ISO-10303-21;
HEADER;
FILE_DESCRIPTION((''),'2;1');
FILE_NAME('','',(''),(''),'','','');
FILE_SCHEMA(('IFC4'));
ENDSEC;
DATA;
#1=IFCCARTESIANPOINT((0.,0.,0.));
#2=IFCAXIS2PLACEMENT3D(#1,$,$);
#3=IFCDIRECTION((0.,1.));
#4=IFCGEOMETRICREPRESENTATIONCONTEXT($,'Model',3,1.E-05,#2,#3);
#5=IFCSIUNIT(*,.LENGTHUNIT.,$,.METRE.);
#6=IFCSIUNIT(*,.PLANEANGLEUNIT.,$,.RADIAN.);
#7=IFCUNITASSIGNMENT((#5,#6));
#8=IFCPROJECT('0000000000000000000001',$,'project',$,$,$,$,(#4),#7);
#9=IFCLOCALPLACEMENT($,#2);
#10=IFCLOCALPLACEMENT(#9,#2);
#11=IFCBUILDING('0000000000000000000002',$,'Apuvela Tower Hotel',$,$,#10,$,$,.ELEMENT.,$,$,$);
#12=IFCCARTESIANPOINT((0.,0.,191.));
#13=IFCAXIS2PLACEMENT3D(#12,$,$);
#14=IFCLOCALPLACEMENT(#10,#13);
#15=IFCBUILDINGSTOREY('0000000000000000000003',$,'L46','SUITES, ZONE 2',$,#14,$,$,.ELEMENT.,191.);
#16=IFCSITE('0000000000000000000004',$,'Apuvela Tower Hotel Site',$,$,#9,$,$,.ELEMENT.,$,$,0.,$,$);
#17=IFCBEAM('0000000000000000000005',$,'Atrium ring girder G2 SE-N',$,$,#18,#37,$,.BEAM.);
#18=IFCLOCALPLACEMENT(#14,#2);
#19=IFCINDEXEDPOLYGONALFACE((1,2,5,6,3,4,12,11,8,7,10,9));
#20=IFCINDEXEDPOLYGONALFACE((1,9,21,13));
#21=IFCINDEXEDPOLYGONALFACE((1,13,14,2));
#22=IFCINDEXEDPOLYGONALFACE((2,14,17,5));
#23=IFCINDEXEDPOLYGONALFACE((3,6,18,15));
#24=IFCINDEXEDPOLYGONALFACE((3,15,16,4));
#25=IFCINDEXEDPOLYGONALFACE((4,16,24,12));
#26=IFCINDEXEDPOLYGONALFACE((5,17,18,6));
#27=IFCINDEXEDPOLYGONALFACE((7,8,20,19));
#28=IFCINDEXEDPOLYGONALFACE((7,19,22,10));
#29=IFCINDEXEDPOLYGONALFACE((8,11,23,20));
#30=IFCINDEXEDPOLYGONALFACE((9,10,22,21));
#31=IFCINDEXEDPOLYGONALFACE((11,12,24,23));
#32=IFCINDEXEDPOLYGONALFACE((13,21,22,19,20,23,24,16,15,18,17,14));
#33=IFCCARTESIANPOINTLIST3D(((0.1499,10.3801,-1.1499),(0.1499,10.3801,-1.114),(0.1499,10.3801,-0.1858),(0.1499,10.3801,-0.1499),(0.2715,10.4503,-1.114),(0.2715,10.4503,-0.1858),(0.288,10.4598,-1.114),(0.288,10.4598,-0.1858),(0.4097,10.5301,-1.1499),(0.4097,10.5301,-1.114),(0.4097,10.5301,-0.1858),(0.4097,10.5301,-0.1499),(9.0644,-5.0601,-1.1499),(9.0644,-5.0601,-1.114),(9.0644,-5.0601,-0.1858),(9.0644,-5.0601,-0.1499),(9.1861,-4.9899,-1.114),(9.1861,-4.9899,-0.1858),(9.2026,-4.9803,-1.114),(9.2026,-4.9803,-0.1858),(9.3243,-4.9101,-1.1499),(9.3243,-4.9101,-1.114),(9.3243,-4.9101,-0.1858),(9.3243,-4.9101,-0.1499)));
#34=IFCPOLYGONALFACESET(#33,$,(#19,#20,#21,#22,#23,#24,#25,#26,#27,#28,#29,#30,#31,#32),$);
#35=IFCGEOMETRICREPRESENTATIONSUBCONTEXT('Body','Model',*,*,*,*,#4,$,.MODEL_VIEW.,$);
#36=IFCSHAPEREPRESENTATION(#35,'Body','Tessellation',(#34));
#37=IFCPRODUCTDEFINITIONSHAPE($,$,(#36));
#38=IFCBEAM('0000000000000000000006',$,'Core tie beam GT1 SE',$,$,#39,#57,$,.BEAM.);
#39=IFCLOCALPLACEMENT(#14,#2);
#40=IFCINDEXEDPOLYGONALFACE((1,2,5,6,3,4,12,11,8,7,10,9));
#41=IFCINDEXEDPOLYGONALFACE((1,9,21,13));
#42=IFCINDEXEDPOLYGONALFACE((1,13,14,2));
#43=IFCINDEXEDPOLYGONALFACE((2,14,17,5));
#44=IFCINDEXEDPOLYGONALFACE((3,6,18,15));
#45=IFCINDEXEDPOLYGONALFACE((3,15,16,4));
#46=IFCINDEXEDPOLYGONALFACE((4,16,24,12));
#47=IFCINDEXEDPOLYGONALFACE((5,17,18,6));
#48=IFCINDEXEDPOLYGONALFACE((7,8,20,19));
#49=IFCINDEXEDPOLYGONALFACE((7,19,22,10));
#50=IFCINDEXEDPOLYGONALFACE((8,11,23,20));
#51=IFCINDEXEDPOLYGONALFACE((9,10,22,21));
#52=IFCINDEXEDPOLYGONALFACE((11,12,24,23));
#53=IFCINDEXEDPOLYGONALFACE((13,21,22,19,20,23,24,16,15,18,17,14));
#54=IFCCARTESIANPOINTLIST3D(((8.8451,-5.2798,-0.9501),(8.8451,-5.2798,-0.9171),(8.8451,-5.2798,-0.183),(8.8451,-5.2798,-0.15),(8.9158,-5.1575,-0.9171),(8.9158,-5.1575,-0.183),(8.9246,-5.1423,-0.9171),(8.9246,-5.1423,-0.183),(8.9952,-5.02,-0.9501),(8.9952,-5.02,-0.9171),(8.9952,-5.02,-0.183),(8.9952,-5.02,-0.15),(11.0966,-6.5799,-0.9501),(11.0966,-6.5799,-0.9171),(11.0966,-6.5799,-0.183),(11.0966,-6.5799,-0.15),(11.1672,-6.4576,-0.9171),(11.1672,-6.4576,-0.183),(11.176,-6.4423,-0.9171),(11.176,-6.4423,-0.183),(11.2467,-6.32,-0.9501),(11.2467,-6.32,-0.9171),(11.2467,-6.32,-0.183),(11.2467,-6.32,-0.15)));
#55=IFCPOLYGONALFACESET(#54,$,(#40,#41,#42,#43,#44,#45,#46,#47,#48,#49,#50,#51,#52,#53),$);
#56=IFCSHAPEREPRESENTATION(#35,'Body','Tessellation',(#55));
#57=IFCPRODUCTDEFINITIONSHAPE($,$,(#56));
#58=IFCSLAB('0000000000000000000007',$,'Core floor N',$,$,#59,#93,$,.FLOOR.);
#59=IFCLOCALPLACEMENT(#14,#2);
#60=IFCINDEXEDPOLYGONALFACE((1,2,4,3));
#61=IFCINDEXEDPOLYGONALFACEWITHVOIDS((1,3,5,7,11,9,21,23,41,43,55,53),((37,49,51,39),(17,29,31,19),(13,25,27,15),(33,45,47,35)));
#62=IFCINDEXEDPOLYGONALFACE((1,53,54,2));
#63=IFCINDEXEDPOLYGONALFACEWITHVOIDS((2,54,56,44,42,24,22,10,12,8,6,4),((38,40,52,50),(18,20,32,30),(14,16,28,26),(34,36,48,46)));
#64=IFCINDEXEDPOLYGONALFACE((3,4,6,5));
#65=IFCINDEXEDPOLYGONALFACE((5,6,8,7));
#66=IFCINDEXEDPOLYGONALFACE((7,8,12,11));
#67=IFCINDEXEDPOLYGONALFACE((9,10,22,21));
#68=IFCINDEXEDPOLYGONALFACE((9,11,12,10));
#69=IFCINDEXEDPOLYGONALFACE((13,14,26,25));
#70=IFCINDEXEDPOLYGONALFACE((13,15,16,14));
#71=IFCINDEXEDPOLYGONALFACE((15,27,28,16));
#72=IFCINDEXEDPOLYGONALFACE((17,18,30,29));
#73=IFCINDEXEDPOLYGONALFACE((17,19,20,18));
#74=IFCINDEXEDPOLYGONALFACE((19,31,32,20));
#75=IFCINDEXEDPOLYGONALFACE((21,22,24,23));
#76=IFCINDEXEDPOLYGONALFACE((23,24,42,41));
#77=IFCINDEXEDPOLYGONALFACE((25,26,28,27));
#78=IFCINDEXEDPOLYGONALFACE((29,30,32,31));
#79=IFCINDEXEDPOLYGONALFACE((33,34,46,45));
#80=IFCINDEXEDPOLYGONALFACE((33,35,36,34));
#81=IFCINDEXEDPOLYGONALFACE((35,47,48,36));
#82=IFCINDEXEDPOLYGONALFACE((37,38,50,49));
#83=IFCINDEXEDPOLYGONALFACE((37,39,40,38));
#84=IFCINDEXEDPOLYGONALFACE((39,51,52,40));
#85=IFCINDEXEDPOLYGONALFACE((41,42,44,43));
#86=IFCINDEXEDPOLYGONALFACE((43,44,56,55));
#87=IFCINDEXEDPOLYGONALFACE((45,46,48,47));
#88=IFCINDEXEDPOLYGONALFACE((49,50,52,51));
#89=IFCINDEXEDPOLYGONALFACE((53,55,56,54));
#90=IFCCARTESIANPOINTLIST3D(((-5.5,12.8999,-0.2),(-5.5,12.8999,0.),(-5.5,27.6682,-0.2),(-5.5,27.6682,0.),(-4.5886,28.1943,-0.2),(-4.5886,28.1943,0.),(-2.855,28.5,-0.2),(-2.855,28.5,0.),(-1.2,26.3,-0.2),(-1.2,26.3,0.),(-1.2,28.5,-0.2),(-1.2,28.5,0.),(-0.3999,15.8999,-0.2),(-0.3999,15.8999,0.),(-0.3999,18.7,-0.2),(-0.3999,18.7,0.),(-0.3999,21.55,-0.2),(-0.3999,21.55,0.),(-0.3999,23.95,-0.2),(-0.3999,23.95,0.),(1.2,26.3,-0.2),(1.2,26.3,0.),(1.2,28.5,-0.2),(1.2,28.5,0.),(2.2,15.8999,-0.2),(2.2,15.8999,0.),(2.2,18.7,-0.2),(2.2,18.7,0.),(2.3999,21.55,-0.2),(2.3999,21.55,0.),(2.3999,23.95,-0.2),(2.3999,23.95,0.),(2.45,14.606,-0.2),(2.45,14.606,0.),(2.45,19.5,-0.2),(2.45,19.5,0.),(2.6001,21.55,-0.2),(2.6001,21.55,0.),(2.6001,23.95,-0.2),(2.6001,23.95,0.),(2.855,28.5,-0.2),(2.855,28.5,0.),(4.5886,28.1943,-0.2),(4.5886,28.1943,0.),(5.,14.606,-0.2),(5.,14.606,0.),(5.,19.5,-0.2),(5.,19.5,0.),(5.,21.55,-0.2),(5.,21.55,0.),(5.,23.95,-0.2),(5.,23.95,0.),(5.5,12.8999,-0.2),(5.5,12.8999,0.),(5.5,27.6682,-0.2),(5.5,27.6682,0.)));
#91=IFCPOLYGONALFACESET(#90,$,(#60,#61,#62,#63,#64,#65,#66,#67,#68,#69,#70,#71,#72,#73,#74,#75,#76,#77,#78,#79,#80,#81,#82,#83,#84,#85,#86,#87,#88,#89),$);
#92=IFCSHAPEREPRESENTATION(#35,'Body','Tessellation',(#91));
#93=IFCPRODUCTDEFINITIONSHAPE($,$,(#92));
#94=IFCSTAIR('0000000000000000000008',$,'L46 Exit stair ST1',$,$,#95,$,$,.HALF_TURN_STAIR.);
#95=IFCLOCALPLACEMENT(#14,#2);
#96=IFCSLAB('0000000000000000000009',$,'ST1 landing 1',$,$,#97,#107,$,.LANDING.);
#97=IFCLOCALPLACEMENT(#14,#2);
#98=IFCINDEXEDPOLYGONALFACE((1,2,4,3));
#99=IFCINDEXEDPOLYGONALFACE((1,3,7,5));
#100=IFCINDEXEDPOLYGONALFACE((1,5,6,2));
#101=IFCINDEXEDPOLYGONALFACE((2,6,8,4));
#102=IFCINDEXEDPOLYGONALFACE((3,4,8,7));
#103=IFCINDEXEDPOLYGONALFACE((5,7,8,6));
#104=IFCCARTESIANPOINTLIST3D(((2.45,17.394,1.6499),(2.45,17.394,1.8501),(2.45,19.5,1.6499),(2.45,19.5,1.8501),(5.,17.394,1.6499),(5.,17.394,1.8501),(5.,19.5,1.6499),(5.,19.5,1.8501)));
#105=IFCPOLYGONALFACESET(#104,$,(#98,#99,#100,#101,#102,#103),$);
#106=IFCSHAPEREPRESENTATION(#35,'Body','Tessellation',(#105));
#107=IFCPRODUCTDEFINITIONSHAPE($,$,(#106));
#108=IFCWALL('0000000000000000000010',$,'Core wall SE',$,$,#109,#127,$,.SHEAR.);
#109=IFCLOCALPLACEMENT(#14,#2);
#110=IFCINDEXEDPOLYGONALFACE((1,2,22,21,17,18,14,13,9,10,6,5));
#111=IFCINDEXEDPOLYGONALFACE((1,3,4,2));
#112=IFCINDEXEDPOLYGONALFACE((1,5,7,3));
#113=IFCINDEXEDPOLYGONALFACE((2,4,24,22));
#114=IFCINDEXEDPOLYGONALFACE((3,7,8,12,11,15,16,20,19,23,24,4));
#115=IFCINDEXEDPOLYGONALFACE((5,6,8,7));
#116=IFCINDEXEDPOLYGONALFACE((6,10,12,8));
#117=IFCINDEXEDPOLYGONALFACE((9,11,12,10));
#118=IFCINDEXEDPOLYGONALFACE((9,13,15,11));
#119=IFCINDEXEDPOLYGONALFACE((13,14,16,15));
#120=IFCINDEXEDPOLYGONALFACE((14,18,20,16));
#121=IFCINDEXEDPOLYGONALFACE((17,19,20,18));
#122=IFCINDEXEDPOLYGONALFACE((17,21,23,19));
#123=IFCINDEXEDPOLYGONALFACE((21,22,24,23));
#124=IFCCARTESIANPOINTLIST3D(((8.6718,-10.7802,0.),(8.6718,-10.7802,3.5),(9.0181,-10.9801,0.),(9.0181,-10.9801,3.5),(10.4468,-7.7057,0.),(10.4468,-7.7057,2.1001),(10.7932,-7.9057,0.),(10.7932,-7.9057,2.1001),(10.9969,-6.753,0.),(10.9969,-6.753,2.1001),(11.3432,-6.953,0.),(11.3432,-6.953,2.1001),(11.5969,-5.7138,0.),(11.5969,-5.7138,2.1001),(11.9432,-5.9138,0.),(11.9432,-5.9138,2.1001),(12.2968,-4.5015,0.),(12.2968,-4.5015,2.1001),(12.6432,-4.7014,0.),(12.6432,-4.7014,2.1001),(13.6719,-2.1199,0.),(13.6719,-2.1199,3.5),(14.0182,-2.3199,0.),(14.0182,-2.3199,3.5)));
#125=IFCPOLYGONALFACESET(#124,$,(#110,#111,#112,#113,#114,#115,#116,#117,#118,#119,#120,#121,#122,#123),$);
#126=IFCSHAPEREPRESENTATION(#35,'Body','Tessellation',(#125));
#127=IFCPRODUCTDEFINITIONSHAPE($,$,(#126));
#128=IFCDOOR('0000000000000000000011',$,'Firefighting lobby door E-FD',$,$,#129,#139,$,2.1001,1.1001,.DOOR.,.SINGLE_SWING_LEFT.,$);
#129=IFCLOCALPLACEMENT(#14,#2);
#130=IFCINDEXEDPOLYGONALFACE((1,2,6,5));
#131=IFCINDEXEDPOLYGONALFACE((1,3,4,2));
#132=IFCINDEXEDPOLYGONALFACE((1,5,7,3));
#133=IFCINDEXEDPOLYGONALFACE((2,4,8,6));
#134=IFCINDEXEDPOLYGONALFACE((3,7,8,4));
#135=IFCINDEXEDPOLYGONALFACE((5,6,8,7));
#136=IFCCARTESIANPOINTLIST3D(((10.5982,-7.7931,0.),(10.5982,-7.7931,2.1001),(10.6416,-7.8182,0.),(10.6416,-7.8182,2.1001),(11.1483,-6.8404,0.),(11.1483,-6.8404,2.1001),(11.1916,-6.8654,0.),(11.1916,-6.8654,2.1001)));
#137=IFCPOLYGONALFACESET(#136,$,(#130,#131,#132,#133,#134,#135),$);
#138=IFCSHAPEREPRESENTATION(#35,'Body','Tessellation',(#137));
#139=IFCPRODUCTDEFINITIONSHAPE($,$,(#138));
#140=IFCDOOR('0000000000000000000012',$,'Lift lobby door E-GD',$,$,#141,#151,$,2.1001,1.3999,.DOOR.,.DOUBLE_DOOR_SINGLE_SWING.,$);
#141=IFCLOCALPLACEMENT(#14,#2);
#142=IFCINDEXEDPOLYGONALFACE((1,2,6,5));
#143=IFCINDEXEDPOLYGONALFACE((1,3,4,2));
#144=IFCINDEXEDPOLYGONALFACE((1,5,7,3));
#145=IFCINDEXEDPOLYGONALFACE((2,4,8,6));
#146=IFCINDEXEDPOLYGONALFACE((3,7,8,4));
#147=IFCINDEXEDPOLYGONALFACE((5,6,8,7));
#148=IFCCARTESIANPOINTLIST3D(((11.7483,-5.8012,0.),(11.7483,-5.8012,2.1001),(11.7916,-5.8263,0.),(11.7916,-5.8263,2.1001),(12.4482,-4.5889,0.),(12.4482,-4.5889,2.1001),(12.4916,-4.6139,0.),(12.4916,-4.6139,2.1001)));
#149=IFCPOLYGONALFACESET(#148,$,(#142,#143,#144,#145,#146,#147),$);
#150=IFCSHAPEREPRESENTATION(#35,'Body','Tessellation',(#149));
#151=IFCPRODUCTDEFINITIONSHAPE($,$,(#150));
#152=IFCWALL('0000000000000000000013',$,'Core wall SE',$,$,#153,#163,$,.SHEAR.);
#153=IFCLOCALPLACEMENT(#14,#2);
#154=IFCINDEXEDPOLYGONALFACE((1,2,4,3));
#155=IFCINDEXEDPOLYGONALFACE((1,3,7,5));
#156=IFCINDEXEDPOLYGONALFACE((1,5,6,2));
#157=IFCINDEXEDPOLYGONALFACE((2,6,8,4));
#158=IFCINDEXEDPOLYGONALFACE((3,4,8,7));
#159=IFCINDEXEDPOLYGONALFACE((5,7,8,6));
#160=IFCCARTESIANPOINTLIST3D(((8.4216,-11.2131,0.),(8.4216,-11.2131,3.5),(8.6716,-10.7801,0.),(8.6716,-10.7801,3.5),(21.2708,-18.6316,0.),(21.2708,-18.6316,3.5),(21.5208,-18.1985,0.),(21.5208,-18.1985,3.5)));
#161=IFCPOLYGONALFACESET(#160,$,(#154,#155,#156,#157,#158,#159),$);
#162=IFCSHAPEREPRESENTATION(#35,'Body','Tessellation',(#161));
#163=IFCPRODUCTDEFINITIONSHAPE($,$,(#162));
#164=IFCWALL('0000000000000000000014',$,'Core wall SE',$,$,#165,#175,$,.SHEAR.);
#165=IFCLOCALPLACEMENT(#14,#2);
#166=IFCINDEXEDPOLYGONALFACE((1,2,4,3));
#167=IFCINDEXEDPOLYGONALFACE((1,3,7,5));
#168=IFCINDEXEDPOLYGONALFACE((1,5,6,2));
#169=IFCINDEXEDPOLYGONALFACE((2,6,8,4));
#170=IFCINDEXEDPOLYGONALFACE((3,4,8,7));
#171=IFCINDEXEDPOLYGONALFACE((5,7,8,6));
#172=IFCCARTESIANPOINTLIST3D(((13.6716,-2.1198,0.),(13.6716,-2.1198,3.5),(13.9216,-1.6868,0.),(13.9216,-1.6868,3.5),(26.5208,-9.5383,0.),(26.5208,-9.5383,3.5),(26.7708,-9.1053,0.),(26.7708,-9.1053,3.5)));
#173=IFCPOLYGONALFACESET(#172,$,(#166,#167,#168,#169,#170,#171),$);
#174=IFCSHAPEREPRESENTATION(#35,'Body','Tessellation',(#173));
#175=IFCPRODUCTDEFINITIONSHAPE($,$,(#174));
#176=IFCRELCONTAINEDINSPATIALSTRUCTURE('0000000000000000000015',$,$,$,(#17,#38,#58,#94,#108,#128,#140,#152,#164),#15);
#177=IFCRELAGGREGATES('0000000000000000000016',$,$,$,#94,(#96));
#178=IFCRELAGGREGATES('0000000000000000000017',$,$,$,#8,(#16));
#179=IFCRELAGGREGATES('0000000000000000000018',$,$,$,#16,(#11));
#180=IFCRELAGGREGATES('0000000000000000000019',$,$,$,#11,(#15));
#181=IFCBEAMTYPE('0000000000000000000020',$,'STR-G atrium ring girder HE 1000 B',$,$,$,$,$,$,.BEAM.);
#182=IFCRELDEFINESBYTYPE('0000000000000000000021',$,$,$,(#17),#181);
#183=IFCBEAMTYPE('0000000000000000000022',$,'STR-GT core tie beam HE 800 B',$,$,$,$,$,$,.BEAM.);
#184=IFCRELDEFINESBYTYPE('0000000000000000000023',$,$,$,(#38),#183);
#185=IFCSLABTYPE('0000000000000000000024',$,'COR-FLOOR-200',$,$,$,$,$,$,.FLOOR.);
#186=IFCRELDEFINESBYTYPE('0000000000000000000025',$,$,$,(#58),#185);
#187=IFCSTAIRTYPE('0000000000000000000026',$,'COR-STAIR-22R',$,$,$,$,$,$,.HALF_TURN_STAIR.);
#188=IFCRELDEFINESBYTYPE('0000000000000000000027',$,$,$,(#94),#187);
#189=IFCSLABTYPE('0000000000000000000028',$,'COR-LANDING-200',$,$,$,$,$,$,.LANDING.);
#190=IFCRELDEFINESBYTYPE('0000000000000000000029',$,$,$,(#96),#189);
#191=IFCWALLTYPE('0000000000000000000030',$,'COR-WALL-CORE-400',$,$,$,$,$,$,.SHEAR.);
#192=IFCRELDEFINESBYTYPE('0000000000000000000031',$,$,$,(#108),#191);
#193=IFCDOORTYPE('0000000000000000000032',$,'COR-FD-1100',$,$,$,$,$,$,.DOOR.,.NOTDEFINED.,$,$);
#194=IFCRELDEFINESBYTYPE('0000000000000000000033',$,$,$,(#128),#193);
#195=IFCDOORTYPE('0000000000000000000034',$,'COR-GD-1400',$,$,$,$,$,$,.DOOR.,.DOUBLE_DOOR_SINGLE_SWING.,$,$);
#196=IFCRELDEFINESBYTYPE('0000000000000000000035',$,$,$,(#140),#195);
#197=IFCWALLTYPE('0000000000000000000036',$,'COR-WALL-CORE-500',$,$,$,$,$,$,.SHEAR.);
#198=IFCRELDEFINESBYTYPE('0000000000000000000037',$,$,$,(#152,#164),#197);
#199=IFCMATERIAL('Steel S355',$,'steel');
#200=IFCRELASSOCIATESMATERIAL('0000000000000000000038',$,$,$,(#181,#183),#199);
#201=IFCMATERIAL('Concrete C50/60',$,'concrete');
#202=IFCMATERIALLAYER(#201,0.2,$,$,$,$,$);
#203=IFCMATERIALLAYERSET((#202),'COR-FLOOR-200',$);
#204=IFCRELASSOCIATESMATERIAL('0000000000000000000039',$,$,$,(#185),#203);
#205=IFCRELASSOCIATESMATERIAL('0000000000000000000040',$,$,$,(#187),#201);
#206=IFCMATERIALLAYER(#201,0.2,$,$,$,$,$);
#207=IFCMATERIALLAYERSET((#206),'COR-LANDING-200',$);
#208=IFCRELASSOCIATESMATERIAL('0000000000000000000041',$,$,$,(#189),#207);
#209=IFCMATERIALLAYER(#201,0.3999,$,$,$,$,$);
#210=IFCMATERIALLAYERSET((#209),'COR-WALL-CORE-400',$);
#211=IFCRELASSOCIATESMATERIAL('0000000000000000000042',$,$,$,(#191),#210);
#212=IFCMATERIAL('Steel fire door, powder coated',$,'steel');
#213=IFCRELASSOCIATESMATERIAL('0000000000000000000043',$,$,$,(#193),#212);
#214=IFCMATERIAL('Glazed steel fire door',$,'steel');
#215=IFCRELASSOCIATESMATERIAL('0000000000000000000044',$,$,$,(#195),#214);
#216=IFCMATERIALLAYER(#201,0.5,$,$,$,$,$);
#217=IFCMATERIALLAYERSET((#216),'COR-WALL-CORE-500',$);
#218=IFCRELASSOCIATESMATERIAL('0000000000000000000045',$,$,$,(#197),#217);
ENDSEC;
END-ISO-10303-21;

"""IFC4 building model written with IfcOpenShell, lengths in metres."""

from ifc_helpers import new_model, si_unit, direction, frame, frame_2d, origin, origin_2d, place, context, subcontext, project, spatial, polyline, rectangle, i_section, outline, extrude, material, layer, layer_set, material_profile, profile_set, type_object, element, fill, aggregate, save


model = new_model("IFC4")

# Units and contexts
model_context = context("Model", 3, precision=1e-05, world=origin(), true_north=direction((0.0, 1.0)))
body_context = subcontext(model_context, "Body", "Model", "MODEL_VIEW")
ifc_project = project(units=[si_unit("LENGTHUNIT", "METRE"), si_unit("PLANEANGLEUNIT", "RADIAN")], contexts=[model_context])

# Site, building, storey
site_placement = place(None, origin())
site = spatial("IfcSite", under=ifc_project, at=site_placement, Name="Apuvela Tower Hotel Site", CompositionType="ELEMENT", RefElevation=0.0)
building_placement = place(site_placement, origin())
building = spatial("IfcBuilding", under=site, at=building_placement, Name="Apuvela Tower Hotel", CompositionType="ELEMENT")
storey_placement = place(building_placement, frame((0.0, 0.0, 191.0)))
storey = spatial("IfcBuildingStorey", under=building, at=storey_placement, Name="L46", Description="SUITES, ZONE 2", CompositionType="ELEMENT", Elevation=191.0)

# Beams
ifc_material_1 = material(Name="Steel S355", Category="steel")
ifc_material_profile_1 = material_profile(ifc_material_1, i_section(OverallWidth=0.3, OverallDepth=1.0, WebThickness=0.019, FlangeThickness=0.0359, at=origin_2d()), Name="HE 1000 B")
ifc_profile_set_1 = profile_set([ifc_material_profile_1], Name="Steel S355")
beam_type_1 = type_object("IfcBeamType", Name="STR-G atrium ring girder HE 1000 B", PredefinedType="BEAM", material=ifc_profile_set_1)
beam_1_placement = place(storey_placement, frame((9.1943, -4.9851, -0.6499), z_axis=(-0.500007, 0.866022, 0.0), x_axis=(-0.866022, -0.500007, 0.0)))
element("IfcBeam", 1, at=beam_1_placement, inside=storey, type_object=beam_type_1, Name="Atrium ring girder G2 SE-N", PredefinedType="BEAM", context=body_context, shape_type="SweptSolid", body=[
    extrude(i_section(OverallWidth=0.3, OverallDepth=1.0, WebThickness=0.019, FlangeThickness=0.0359, at=origin_2d()), origin(), (0.0, 0.0, 1.0), 17.8289),
])
ifc_material_profile_2 = material_profile(ifc_material_1, i_section(OverallWidth=0.3, OverallDepth=0.8, WebThickness=0.0176, FlangeThickness=0.033, at=origin_2d()), Name="HE 800 B")
ifc_profile_set_2 = profile_set([ifc_material_profile_2], Name="Steel S355")
beam_type_2 = type_object("IfcBeamType", Name="STR-GT core tie beam HE 800 B", PredefinedType="BEAM", material=ifc_profile_set_2)
beam_2_placement = place(storey_placement, frame((11.1716, -6.45, -0.55), z_axis=(-0.865998, 0.500048, 0.0), x_axis=(-0.500048, -0.865998, 0.0)))
element("IfcBeam", 2, at=beam_2_placement, inside=storey, type_object=beam_type_2, Name="Core tie beam GT1 SE", PredefinedType="BEAM", context=body_context, shape_type="SweptSolid", body=[
    extrude(i_section(OverallWidth=0.3, OverallDepth=0.8, WebThickness=0.0176, FlangeThickness=0.033, at=origin_2d()), origin(), (0.0, 0.0, 1.0), 2.5999),
])

# Slab
ifc_material_2 = material(Name="Concrete C50/60", Category="concrete")
ifc_layer_1 = layer(ifc_material_2, 0.2)
ifc_layer_set_1 = layer_set([ifc_layer_1], Name="COR-FLOOR-200")
slab_type_1 = type_object("IfcSlabType", Name="COR-FLOOR-200", PredefinedType="FLOOR", material=ifc_layer_set_1)
slab_1_placement = place(storey_placement, frame((0.0, 0.0, -0.2)))
element("IfcSlab", 3, at=slab_1_placement, inside=storey, type_object=slab_type_1, Name="Core floor N", PredefinedType="FLOOR", context=body_context, shape_type="SweptSolid", body=[
    extrude(outline(polyline([(5.5, 27.6682), (4.5886, 28.1943), (2.855, 28.5), (1.2, 28.5), (1.2, 26.3), (-1.2, 26.3), (-1.2, 28.5), (-2.855, 28.5), (-4.5886, 28.1943), (-5.5, 27.6682), (-5.5, 12.8999), (5.5, 12.8999), (5.5, 27.6682)]), holes=[polyline([(5.0, 14.606), (2.45, 14.606), (2.45, 19.5), (5.0, 19.5), (5.0, 14.606)]), polyline([(2.2, 15.8999), (-0.3999, 15.8999), (-0.3999, 18.7), (2.2, 18.7), (2.2, 15.8999)]), polyline([(5.0, 21.55), (2.6001, 21.55), (2.6001, 23.95), (5.0, 23.95), (5.0, 21.55)]), polyline([(2.3999, 21.55), (-0.3999, 21.55), (-0.3999, 23.95), (2.3999, 23.95), (2.3999, 21.55)])]), origin(), (0.0, 0.0, 1.0), 0.2),
])

# Stair, slab
stair_type = type_object("IfcStairType", Name="COR-STAIR-22R", PredefinedType="HALF_TURN_STAIR", material=ifc_material_2)
stair_1_placement = place(storey_placement, origin())
stair_1 = element("IfcStair", 4, at=stair_1_placement, inside=storey, type_object=stair_type, Name="L46 Exit stair ST1", PredefinedType="HALF_TURN_STAIR")
ifc_layer_2 = layer(ifc_material_2, 0.2)
ifc_layer_set_2 = layer_set([ifc_layer_2], Name="COR-LANDING-200")
slab_type_2 = type_object("IfcSlabType", Name="COR-LANDING-200", PredefinedType="LANDING", material=ifc_layer_set_2)
slab_2_placement = place(storey_placement, frame((0.0, 0.0, 1.6499)))
slab_2 = element("IfcSlab", 5, at=slab_2_placement, type_object=slab_type_2, Name="ST1 landing 1", PredefinedType="LANDING", context=body_context, shape_type="SweptSolid", body=[
    extrude(outline(polyline([(5.0, 17.394), (5.0, 19.5), (2.45, 19.5), (2.45, 17.394), (5.0, 17.394)])), origin(), (0.0, 0.0, 1.0), 0.2002),
])
aggregate(stair_1, [slab_2])

# Wall, openings, doors
ifc_layer_3 = layer(ifc_material_2, 0.3999)
ifc_layer_set_3 = layer_set([ifc_layer_3], Name="COR-WALL-CORE-400")
wall_type_1 = type_object("IfcWallType", Name="COR-WALL-CORE-400", PredefinedType="SHEAR", material=ifc_layer_set_3)
wall_1_placement = place(storey_placement, frame((8.845, -10.8801, 0.0), z_axis=(0.0, 0.0, 1.0), x_axis=(0.500004, 0.866023, 0.0)))
wall_1 = element("IfcWall", 6, at=wall_1_placement, inside=storey, type_object=wall_type_1, Name="Core wall SE", PredefinedType="SHEAR", context=body_context, shape_type="SweptSolid", body=[
    extrude(rectangle(XDim=10.0, YDim=0.3999, at=frame_2d((5.0, 0.0))), origin(), (0.0, 0.0, 1.0), 3.5),
])
opening_1_placement = place(wall_1_placement, frame((3.55, 0.0, 0.0)))
opening_1 = element("IfcOpeningElement", 7, at=opening_1_placement, cuts=wall_1, PredefinedType="OPENING", context=body_context, shape_type="SweptSolid", body=[
    extrude(rectangle(XDim=1.1001, YDim=2.1001, at=frame_2d((0.55, 1.05))), frame((0.0, 0.21, 0.0), z_axis=(0.0, -1.0, 0.0), x_axis=(1.0, 0.0, 0.0)), (0.0, 0.0, 1.0), 0.4199),
])
opening_2_placement = place(wall_1_placement, frame((5.8501, 0.0, 0.0)))
opening_2 = element("IfcOpeningElement", 8, at=opening_2_placement, cuts=wall_1, PredefinedType="OPENING", context=body_context, shape_type="SweptSolid", body=[
    extrude(rectangle(XDim=1.3999, YDim=2.1001, at=frame_2d((0.7, 1.05))), frame((0.0, 0.21, 0.0), z_axis=(0.0, -1.0, 0.0), x_axis=(1.0, 0.0, 0.0)), (0.0, 0.0, 1.0), 0.4199),
])
ifc_material_3 = material(Name="Steel fire door, powder coated", Category="steel")
door_type_1 = type_object("IfcDoorType", Name="COR-FD-1100", OperationType="NOTDEFINED", PredefinedType="DOOR", material=ifc_material_3)
door_1_placement = place(opening_1_placement, frame((1.1001, 0.0, 0.0), z_axis=(0.0, 0.0, 1.0), x_axis=(-1.0, 0.0, 0.0)))
door_1 = element("IfcDoor", 9, at=door_1_placement, inside=storey, type_object=door_type_1, Name="Firefighting lobby door E-FD", OperationType="SINGLE_SWING_LEFT", OverallHeight=2.1001, OverallWidth=1.1001, PredefinedType="DOOR", context=body_context, shape_type="SweptSolid", body=[
    extrude(rectangle(XDim=1.1001, YDim=2.1001, at=frame_2d((0.55, 1.05))), frame((0.0, 0.0249, 0.0), z_axis=(0.0, -1.0, 0.0), x_axis=(1.0, 0.0, 0.0)), (0.0, 0.0, 1.0), 0.05),
])
fill(opening_1, door_1)
ifc_material_4 = material(Name="Glazed steel fire door", Category="steel")
door_type_2 = type_object("IfcDoorType", Name="COR-GD-1400", OperationType="DOUBLE_DOOR_SINGLE_SWING", PredefinedType="DOOR", material=ifc_material_4)
door_2_placement = place(opening_2_placement, frame((1.3999, 0.0, 0.0), z_axis=(0.0, 0.0, 1.0), x_axis=(-1.0, 0.0, 0.0)))
door_2 = element("IfcDoor", 10, at=door_2_placement, inside=storey, type_object=door_type_2, Name="Lift lobby door E-GD", OperationType="DOUBLE_DOOR_SINGLE_SWING", OverallHeight=2.1001, OverallWidth=1.3999, PredefinedType="DOOR", context=body_context, shape_type="SweptSolid", body=[
    extrude(rectangle(XDim=1.3999, YDim=2.1001, at=frame_2d((0.7, 1.05))), frame((0.0, 0.0249, 0.0), z_axis=(0.0, -1.0, 0.0), x_axis=(1.0, 0.0, 0.0)), (0.0, 0.0, 1.0), 0.05),
])
fill(opening_2, door_2)

# Walls
ifc_layer_4 = layer(ifc_material_2, 0.5)
ifc_layer_set_4 = layer_set([ifc_layer_4], Name="COR-WALL-CORE-500")
wall_type_2 = type_object("IfcWallType", Name="COR-WALL-CORE-500", PredefinedType="SHEAR", material=ifc_layer_set_4)
for number, where, z_axis, x_axis, name in (
    (11, (8.5466, -10.9966, 0.0), (0.0, 0.0, 1.0), (0.866025, -0.500001, 0.0), "Core wall SE"),
    (12, (13.7966, -1.9033, 0.0), (0.0, 0.0, 1.0), (0.866025, -0.500001, 0.0), "Core wall SE"),
):
    element("IfcWall", number, at=place(storey_placement, frame(where, z_axis=z_axis, x_axis=x_axis)), inside=storey, type_object=wall_type_2, Name=name, PredefinedType="SHEAR", context=body_context, shape_type="SweptSolid", body=[
        extrude(rectangle(XDim=14.8369, YDim=0.5, at=frame_2d((7.4185, 0.0))), origin(), (0.0, 0.0, 1.0), 3.5),
    ])

save(model, "model.ifc")
